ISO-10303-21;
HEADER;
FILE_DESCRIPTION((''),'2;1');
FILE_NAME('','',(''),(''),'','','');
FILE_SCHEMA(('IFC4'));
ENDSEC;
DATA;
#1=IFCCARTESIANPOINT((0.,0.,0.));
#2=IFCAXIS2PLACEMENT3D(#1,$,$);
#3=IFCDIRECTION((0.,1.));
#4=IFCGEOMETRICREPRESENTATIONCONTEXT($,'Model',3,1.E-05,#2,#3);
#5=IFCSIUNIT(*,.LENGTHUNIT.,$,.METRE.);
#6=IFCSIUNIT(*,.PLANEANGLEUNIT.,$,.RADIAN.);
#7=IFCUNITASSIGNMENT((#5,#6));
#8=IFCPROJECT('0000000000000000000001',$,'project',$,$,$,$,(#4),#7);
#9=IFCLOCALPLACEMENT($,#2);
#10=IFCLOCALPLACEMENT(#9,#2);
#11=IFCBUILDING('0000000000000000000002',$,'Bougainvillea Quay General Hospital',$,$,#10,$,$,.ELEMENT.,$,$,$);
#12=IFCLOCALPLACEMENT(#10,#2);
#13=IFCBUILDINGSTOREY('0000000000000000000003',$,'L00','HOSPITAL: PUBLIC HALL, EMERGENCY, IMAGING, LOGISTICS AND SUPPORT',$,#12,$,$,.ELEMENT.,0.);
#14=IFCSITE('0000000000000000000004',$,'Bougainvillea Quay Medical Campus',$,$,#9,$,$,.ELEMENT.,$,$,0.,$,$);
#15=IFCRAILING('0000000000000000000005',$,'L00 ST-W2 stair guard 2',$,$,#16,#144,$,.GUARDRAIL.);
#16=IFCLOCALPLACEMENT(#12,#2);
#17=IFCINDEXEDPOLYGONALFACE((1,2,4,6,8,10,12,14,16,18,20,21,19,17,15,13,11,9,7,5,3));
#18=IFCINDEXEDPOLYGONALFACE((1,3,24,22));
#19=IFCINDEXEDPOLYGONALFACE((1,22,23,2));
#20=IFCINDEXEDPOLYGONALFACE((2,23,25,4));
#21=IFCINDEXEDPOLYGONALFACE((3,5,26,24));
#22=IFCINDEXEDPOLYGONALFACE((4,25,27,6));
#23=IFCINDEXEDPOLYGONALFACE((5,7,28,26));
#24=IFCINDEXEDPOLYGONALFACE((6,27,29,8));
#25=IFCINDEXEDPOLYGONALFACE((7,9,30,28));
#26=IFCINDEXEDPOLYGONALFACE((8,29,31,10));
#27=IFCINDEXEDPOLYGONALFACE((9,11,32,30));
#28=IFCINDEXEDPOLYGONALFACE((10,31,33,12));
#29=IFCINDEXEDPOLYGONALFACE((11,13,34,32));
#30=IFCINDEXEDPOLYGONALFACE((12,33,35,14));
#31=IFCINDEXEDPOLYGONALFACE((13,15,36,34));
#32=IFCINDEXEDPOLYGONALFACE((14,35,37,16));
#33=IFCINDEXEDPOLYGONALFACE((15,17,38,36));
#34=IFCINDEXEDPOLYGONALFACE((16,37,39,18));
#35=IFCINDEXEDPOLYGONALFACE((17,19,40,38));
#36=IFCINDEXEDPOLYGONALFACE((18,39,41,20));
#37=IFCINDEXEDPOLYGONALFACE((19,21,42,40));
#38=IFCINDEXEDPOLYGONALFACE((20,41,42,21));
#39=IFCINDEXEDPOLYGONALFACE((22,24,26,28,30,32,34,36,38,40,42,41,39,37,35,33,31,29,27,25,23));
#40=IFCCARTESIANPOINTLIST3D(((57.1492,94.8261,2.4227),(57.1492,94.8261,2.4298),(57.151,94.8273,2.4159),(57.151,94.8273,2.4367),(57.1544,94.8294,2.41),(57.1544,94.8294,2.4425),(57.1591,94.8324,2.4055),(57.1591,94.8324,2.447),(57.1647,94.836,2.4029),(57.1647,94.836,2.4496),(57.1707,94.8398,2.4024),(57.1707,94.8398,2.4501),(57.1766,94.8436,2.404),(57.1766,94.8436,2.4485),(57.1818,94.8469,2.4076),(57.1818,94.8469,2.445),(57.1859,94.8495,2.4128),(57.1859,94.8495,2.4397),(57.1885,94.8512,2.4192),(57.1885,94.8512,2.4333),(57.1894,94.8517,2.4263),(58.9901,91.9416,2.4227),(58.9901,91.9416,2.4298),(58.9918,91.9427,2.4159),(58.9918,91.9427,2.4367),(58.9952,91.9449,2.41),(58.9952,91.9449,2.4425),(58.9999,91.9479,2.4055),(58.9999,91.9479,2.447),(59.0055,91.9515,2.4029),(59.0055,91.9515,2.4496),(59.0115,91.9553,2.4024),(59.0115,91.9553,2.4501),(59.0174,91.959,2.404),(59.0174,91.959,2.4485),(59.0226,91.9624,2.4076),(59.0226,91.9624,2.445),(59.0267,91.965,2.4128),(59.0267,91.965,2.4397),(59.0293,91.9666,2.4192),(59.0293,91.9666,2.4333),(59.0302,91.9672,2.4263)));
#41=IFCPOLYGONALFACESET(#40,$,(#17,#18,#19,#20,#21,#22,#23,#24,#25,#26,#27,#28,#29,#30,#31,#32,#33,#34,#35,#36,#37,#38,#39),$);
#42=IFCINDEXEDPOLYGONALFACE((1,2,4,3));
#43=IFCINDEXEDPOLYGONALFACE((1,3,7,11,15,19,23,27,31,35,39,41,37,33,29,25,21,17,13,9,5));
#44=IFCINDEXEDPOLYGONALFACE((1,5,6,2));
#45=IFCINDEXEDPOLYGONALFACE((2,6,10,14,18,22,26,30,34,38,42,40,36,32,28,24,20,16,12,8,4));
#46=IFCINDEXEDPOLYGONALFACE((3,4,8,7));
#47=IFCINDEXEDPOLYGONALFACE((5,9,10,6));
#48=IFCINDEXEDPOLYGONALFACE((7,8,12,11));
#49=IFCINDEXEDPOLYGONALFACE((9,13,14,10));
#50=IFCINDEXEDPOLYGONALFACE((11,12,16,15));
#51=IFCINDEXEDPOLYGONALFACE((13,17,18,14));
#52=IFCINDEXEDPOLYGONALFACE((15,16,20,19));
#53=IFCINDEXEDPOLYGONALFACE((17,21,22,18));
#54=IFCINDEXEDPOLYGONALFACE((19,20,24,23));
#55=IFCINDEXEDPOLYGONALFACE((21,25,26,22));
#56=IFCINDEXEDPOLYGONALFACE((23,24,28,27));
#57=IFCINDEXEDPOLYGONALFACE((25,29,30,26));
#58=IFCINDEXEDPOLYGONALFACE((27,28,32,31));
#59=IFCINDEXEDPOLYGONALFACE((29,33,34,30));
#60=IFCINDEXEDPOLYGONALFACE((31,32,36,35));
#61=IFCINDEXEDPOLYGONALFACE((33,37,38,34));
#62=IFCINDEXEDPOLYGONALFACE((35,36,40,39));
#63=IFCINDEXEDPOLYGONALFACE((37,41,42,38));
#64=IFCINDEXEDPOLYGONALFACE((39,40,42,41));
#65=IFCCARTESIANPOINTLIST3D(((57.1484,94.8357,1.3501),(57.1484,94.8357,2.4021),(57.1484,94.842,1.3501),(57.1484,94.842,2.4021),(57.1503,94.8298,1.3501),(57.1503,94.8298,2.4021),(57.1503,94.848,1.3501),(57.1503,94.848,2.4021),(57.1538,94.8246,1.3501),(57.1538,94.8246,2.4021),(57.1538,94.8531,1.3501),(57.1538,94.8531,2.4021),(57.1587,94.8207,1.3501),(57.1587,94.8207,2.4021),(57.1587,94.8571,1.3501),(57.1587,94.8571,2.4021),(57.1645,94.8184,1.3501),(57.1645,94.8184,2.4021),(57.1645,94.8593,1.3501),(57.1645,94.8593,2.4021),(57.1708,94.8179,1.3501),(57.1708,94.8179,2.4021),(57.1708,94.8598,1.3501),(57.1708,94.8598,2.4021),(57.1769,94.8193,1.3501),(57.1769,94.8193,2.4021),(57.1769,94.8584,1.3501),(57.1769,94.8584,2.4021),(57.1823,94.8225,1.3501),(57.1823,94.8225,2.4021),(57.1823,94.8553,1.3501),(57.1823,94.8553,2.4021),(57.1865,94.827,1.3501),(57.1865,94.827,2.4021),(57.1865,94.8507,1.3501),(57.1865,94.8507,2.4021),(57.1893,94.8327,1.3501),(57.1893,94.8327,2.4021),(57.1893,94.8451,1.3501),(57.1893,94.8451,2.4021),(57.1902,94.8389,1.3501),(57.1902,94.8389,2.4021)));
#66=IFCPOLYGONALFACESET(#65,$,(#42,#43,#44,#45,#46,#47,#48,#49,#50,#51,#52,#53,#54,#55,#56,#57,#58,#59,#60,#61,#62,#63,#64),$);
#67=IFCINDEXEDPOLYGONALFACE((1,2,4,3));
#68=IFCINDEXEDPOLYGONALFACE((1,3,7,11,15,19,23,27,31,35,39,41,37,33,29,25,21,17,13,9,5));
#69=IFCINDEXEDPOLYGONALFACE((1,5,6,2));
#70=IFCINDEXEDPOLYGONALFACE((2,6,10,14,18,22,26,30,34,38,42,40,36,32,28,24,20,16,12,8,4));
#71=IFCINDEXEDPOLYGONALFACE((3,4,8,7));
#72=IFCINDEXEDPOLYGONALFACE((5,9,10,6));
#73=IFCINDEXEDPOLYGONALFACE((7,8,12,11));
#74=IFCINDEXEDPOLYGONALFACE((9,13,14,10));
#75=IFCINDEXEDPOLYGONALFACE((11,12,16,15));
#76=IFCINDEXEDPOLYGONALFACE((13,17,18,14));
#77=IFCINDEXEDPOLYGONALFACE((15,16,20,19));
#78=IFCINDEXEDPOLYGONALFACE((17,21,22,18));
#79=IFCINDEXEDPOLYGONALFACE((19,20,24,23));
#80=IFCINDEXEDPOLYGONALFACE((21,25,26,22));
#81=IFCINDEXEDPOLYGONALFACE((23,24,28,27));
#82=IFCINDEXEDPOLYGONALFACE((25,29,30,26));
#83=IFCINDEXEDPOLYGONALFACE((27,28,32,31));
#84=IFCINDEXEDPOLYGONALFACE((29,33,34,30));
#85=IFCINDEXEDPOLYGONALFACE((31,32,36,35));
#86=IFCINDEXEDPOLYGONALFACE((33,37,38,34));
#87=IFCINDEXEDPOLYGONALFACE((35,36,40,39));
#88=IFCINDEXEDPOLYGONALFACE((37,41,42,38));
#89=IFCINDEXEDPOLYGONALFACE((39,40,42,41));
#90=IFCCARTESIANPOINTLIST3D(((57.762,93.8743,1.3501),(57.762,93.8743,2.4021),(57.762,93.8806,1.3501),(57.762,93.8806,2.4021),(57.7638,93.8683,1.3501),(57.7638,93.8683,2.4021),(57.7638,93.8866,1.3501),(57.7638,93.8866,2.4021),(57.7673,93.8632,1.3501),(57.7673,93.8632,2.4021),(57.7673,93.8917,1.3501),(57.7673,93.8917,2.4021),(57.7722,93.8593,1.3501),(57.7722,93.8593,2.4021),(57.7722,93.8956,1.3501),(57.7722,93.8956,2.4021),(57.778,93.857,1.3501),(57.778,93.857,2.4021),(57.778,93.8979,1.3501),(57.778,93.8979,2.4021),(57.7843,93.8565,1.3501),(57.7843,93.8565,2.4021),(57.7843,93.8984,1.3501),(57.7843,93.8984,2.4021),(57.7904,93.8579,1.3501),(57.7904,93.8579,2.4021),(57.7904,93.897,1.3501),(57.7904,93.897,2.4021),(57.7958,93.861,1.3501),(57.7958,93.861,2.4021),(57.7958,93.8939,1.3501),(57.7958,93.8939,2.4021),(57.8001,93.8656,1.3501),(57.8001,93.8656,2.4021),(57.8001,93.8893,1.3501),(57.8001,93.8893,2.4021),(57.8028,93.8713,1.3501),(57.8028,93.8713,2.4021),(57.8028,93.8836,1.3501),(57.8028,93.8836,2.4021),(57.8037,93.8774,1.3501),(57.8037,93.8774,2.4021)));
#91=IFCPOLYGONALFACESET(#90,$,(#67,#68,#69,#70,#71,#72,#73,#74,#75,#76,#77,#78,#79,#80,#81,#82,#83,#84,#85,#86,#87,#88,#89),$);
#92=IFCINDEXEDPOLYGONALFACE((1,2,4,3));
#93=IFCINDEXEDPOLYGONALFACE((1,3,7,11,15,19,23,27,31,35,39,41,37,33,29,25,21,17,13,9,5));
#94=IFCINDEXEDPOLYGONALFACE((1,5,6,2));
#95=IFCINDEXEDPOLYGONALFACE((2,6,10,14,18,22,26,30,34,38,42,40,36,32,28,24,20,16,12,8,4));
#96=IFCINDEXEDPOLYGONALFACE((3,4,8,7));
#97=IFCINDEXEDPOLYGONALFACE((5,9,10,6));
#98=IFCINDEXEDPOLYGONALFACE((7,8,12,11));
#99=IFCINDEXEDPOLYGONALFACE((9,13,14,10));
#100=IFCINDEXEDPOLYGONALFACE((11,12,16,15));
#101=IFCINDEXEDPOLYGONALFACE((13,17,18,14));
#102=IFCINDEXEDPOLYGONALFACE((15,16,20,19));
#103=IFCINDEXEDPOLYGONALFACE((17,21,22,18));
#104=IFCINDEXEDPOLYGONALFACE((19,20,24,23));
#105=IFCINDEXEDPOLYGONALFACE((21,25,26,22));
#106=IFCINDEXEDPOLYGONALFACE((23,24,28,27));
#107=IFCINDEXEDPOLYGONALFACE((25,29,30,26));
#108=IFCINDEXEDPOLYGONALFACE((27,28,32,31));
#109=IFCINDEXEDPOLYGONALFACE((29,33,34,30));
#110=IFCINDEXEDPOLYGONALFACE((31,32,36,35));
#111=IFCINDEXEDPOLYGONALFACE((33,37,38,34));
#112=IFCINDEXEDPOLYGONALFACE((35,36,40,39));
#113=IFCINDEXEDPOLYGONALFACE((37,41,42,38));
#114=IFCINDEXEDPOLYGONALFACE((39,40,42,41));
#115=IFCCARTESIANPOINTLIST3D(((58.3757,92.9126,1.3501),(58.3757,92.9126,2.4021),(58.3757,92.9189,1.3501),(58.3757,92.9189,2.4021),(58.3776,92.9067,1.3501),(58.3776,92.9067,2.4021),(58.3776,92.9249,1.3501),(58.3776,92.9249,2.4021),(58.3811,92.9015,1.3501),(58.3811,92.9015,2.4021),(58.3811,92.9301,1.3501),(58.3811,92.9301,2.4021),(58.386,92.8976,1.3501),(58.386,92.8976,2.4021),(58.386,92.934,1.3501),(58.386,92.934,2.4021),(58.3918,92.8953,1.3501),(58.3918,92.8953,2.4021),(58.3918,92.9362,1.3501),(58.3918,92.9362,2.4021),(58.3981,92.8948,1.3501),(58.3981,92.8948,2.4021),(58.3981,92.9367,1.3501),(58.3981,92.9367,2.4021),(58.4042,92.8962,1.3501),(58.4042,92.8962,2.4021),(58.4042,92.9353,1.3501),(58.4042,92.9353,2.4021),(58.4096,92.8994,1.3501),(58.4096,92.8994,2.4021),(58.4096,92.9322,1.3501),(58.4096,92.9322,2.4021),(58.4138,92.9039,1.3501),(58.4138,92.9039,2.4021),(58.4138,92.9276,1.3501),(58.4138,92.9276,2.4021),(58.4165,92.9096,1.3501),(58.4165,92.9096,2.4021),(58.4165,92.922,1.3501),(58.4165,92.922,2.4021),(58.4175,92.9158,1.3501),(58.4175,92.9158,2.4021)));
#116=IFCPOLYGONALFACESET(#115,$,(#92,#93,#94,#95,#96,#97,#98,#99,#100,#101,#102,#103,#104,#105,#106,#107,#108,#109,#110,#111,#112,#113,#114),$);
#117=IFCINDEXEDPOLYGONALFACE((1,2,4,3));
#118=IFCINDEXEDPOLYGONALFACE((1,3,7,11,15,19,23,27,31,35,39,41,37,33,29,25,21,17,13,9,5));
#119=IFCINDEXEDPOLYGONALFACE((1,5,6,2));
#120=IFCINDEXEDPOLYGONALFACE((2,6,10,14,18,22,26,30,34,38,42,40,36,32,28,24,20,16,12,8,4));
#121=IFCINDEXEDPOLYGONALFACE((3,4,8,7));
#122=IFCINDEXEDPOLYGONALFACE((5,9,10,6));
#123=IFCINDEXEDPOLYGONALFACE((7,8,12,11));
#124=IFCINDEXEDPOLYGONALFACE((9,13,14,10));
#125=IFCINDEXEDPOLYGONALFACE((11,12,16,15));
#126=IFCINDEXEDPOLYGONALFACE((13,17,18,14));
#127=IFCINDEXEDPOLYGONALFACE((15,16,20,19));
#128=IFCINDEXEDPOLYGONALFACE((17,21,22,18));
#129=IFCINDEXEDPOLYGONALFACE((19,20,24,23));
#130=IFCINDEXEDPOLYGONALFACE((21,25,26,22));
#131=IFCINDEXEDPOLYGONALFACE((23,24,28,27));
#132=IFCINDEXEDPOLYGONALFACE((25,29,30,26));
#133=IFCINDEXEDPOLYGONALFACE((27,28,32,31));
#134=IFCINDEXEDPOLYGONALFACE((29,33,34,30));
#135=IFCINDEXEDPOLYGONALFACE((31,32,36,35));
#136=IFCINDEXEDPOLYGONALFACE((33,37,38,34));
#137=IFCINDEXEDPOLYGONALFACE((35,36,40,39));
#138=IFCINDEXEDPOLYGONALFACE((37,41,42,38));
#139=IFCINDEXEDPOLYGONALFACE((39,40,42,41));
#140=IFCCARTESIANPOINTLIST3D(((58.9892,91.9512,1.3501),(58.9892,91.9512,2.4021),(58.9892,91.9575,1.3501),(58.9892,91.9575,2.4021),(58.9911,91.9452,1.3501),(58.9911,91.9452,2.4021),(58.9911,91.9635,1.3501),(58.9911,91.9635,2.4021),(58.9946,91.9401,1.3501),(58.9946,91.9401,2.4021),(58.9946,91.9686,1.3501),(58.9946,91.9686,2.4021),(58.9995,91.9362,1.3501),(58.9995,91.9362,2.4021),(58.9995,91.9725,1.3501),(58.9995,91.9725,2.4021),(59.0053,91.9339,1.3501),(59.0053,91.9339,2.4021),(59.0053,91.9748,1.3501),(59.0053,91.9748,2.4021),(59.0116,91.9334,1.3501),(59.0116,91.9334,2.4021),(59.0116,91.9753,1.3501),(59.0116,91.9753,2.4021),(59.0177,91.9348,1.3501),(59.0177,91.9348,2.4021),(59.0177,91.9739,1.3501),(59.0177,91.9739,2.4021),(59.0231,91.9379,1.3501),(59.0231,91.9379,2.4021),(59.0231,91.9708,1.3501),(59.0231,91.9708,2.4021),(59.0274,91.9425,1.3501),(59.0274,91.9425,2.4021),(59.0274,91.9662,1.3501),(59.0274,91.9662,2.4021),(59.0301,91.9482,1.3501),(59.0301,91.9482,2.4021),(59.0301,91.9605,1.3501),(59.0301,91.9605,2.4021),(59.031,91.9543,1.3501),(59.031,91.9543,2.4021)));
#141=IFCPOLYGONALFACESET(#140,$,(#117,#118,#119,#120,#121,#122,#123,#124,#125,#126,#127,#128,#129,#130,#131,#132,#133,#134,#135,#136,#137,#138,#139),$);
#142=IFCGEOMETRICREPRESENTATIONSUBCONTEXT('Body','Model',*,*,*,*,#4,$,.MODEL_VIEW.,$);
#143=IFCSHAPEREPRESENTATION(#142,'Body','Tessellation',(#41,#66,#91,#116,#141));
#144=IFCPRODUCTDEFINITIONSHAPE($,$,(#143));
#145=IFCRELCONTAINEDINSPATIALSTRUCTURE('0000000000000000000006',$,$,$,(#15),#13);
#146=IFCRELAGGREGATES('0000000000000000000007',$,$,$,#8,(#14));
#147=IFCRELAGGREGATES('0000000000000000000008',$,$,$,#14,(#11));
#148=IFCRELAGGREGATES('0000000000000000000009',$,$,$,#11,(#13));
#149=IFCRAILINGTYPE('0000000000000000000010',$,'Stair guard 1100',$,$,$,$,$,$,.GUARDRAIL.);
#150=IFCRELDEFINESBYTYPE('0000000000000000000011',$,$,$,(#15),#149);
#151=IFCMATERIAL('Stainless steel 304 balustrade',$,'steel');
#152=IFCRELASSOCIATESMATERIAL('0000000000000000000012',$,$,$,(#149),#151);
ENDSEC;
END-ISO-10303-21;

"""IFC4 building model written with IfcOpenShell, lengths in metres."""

from ifc_helpers import new_model, si_unit, direction, frame, origin, origin_2d, place, context, subcontext, project, spatial, circle, extrude, material, type_object, element, save


model = new_model("IFC4")

# Units and contexts
model_context = context("Model", 3, precision=1e-05, world=origin(), true_north=direction((0.0, 1.0)))
body_context = subcontext(model_context, "Body", "Model", "MODEL_VIEW")
ifc_project = project(units=[si_unit("LENGTHUNIT", "METRE"), si_unit("PLANEANGLEUNIT", "RADIAN")], contexts=[model_context])

# Site, building, storey
site_placement = place(None, origin())
site = spatial("IfcSite", under=ifc_project, at=site_placement, Name="Bougainvillea Quay Medical Campus", CompositionType="ELEMENT", RefElevation=0.0)
building_placement = place(site_placement, origin())
building = spatial("IfcBuilding", under=site, at=building_placement, Name="Bougainvillea Quay General Hospital", CompositionType="ELEMENT")
storey_placement = place(building_placement, origin())
storey = spatial("IfcBuildingStorey", under=building, at=storey_placement, Name="L00", Description="HOSPITAL: PUBLIC HALL, EMERGENCY, IMAGING, LOGISTICS AND SUPPORT", CompositionType="ELEMENT", Elevation=0.0)

# Railing
ifc_material_1 = material(Name="Stainless steel 304 balustrade", Category="steel")
railing_type_1 = type_object("IfcRailingType", Name="Stair guard 1100", PredefinedType="GUARDRAIL", material=ifc_material_1)
railing_1_placement = place(storey_placement, frame((57.1692, 94.8389, 1.3501)))
element("IfcRailing", 1, at=railing_1_placement, inside=storey, type_object=railing_type_1, Name="L00 ST-W2 stair guard 2", PredefinedType="GUARDRAIL", context=body_context, shape_type="SweptSolid", body=[
    extrude(circle(Radius=0.0239, at=origin_2d()), frame((0.0, 0.0, 1.0762), z_axis=(0.53796, -0.84297, 0.0), x_axis=(0.84297, 0.53796, 0.0)), (0.0, 0.0, 1.0), 3.4219),
    extrude(circle(Radius=0.021, at=origin_2d()), origin(), (0.0, 0.0, 1.0), 1.052),
    extrude(circle(Radius=0.021, at=origin_2d()), frame((0.6135, -0.9614, 0.0)), (0.0, 0.0, 1.0), 1.052),
    extrude(circle(Radius=0.021, at=origin_2d()), frame((1.2273, -1.9231, 0.0)), (0.0, 0.0, 1.0), 1.052),
    extrude(circle(Radius=0.021, at=origin_2d()), frame((1.8408, -2.8845, 0.0)), (0.0, 0.0, 1.0), 1.052),
])

save(model, "model.ifc")
